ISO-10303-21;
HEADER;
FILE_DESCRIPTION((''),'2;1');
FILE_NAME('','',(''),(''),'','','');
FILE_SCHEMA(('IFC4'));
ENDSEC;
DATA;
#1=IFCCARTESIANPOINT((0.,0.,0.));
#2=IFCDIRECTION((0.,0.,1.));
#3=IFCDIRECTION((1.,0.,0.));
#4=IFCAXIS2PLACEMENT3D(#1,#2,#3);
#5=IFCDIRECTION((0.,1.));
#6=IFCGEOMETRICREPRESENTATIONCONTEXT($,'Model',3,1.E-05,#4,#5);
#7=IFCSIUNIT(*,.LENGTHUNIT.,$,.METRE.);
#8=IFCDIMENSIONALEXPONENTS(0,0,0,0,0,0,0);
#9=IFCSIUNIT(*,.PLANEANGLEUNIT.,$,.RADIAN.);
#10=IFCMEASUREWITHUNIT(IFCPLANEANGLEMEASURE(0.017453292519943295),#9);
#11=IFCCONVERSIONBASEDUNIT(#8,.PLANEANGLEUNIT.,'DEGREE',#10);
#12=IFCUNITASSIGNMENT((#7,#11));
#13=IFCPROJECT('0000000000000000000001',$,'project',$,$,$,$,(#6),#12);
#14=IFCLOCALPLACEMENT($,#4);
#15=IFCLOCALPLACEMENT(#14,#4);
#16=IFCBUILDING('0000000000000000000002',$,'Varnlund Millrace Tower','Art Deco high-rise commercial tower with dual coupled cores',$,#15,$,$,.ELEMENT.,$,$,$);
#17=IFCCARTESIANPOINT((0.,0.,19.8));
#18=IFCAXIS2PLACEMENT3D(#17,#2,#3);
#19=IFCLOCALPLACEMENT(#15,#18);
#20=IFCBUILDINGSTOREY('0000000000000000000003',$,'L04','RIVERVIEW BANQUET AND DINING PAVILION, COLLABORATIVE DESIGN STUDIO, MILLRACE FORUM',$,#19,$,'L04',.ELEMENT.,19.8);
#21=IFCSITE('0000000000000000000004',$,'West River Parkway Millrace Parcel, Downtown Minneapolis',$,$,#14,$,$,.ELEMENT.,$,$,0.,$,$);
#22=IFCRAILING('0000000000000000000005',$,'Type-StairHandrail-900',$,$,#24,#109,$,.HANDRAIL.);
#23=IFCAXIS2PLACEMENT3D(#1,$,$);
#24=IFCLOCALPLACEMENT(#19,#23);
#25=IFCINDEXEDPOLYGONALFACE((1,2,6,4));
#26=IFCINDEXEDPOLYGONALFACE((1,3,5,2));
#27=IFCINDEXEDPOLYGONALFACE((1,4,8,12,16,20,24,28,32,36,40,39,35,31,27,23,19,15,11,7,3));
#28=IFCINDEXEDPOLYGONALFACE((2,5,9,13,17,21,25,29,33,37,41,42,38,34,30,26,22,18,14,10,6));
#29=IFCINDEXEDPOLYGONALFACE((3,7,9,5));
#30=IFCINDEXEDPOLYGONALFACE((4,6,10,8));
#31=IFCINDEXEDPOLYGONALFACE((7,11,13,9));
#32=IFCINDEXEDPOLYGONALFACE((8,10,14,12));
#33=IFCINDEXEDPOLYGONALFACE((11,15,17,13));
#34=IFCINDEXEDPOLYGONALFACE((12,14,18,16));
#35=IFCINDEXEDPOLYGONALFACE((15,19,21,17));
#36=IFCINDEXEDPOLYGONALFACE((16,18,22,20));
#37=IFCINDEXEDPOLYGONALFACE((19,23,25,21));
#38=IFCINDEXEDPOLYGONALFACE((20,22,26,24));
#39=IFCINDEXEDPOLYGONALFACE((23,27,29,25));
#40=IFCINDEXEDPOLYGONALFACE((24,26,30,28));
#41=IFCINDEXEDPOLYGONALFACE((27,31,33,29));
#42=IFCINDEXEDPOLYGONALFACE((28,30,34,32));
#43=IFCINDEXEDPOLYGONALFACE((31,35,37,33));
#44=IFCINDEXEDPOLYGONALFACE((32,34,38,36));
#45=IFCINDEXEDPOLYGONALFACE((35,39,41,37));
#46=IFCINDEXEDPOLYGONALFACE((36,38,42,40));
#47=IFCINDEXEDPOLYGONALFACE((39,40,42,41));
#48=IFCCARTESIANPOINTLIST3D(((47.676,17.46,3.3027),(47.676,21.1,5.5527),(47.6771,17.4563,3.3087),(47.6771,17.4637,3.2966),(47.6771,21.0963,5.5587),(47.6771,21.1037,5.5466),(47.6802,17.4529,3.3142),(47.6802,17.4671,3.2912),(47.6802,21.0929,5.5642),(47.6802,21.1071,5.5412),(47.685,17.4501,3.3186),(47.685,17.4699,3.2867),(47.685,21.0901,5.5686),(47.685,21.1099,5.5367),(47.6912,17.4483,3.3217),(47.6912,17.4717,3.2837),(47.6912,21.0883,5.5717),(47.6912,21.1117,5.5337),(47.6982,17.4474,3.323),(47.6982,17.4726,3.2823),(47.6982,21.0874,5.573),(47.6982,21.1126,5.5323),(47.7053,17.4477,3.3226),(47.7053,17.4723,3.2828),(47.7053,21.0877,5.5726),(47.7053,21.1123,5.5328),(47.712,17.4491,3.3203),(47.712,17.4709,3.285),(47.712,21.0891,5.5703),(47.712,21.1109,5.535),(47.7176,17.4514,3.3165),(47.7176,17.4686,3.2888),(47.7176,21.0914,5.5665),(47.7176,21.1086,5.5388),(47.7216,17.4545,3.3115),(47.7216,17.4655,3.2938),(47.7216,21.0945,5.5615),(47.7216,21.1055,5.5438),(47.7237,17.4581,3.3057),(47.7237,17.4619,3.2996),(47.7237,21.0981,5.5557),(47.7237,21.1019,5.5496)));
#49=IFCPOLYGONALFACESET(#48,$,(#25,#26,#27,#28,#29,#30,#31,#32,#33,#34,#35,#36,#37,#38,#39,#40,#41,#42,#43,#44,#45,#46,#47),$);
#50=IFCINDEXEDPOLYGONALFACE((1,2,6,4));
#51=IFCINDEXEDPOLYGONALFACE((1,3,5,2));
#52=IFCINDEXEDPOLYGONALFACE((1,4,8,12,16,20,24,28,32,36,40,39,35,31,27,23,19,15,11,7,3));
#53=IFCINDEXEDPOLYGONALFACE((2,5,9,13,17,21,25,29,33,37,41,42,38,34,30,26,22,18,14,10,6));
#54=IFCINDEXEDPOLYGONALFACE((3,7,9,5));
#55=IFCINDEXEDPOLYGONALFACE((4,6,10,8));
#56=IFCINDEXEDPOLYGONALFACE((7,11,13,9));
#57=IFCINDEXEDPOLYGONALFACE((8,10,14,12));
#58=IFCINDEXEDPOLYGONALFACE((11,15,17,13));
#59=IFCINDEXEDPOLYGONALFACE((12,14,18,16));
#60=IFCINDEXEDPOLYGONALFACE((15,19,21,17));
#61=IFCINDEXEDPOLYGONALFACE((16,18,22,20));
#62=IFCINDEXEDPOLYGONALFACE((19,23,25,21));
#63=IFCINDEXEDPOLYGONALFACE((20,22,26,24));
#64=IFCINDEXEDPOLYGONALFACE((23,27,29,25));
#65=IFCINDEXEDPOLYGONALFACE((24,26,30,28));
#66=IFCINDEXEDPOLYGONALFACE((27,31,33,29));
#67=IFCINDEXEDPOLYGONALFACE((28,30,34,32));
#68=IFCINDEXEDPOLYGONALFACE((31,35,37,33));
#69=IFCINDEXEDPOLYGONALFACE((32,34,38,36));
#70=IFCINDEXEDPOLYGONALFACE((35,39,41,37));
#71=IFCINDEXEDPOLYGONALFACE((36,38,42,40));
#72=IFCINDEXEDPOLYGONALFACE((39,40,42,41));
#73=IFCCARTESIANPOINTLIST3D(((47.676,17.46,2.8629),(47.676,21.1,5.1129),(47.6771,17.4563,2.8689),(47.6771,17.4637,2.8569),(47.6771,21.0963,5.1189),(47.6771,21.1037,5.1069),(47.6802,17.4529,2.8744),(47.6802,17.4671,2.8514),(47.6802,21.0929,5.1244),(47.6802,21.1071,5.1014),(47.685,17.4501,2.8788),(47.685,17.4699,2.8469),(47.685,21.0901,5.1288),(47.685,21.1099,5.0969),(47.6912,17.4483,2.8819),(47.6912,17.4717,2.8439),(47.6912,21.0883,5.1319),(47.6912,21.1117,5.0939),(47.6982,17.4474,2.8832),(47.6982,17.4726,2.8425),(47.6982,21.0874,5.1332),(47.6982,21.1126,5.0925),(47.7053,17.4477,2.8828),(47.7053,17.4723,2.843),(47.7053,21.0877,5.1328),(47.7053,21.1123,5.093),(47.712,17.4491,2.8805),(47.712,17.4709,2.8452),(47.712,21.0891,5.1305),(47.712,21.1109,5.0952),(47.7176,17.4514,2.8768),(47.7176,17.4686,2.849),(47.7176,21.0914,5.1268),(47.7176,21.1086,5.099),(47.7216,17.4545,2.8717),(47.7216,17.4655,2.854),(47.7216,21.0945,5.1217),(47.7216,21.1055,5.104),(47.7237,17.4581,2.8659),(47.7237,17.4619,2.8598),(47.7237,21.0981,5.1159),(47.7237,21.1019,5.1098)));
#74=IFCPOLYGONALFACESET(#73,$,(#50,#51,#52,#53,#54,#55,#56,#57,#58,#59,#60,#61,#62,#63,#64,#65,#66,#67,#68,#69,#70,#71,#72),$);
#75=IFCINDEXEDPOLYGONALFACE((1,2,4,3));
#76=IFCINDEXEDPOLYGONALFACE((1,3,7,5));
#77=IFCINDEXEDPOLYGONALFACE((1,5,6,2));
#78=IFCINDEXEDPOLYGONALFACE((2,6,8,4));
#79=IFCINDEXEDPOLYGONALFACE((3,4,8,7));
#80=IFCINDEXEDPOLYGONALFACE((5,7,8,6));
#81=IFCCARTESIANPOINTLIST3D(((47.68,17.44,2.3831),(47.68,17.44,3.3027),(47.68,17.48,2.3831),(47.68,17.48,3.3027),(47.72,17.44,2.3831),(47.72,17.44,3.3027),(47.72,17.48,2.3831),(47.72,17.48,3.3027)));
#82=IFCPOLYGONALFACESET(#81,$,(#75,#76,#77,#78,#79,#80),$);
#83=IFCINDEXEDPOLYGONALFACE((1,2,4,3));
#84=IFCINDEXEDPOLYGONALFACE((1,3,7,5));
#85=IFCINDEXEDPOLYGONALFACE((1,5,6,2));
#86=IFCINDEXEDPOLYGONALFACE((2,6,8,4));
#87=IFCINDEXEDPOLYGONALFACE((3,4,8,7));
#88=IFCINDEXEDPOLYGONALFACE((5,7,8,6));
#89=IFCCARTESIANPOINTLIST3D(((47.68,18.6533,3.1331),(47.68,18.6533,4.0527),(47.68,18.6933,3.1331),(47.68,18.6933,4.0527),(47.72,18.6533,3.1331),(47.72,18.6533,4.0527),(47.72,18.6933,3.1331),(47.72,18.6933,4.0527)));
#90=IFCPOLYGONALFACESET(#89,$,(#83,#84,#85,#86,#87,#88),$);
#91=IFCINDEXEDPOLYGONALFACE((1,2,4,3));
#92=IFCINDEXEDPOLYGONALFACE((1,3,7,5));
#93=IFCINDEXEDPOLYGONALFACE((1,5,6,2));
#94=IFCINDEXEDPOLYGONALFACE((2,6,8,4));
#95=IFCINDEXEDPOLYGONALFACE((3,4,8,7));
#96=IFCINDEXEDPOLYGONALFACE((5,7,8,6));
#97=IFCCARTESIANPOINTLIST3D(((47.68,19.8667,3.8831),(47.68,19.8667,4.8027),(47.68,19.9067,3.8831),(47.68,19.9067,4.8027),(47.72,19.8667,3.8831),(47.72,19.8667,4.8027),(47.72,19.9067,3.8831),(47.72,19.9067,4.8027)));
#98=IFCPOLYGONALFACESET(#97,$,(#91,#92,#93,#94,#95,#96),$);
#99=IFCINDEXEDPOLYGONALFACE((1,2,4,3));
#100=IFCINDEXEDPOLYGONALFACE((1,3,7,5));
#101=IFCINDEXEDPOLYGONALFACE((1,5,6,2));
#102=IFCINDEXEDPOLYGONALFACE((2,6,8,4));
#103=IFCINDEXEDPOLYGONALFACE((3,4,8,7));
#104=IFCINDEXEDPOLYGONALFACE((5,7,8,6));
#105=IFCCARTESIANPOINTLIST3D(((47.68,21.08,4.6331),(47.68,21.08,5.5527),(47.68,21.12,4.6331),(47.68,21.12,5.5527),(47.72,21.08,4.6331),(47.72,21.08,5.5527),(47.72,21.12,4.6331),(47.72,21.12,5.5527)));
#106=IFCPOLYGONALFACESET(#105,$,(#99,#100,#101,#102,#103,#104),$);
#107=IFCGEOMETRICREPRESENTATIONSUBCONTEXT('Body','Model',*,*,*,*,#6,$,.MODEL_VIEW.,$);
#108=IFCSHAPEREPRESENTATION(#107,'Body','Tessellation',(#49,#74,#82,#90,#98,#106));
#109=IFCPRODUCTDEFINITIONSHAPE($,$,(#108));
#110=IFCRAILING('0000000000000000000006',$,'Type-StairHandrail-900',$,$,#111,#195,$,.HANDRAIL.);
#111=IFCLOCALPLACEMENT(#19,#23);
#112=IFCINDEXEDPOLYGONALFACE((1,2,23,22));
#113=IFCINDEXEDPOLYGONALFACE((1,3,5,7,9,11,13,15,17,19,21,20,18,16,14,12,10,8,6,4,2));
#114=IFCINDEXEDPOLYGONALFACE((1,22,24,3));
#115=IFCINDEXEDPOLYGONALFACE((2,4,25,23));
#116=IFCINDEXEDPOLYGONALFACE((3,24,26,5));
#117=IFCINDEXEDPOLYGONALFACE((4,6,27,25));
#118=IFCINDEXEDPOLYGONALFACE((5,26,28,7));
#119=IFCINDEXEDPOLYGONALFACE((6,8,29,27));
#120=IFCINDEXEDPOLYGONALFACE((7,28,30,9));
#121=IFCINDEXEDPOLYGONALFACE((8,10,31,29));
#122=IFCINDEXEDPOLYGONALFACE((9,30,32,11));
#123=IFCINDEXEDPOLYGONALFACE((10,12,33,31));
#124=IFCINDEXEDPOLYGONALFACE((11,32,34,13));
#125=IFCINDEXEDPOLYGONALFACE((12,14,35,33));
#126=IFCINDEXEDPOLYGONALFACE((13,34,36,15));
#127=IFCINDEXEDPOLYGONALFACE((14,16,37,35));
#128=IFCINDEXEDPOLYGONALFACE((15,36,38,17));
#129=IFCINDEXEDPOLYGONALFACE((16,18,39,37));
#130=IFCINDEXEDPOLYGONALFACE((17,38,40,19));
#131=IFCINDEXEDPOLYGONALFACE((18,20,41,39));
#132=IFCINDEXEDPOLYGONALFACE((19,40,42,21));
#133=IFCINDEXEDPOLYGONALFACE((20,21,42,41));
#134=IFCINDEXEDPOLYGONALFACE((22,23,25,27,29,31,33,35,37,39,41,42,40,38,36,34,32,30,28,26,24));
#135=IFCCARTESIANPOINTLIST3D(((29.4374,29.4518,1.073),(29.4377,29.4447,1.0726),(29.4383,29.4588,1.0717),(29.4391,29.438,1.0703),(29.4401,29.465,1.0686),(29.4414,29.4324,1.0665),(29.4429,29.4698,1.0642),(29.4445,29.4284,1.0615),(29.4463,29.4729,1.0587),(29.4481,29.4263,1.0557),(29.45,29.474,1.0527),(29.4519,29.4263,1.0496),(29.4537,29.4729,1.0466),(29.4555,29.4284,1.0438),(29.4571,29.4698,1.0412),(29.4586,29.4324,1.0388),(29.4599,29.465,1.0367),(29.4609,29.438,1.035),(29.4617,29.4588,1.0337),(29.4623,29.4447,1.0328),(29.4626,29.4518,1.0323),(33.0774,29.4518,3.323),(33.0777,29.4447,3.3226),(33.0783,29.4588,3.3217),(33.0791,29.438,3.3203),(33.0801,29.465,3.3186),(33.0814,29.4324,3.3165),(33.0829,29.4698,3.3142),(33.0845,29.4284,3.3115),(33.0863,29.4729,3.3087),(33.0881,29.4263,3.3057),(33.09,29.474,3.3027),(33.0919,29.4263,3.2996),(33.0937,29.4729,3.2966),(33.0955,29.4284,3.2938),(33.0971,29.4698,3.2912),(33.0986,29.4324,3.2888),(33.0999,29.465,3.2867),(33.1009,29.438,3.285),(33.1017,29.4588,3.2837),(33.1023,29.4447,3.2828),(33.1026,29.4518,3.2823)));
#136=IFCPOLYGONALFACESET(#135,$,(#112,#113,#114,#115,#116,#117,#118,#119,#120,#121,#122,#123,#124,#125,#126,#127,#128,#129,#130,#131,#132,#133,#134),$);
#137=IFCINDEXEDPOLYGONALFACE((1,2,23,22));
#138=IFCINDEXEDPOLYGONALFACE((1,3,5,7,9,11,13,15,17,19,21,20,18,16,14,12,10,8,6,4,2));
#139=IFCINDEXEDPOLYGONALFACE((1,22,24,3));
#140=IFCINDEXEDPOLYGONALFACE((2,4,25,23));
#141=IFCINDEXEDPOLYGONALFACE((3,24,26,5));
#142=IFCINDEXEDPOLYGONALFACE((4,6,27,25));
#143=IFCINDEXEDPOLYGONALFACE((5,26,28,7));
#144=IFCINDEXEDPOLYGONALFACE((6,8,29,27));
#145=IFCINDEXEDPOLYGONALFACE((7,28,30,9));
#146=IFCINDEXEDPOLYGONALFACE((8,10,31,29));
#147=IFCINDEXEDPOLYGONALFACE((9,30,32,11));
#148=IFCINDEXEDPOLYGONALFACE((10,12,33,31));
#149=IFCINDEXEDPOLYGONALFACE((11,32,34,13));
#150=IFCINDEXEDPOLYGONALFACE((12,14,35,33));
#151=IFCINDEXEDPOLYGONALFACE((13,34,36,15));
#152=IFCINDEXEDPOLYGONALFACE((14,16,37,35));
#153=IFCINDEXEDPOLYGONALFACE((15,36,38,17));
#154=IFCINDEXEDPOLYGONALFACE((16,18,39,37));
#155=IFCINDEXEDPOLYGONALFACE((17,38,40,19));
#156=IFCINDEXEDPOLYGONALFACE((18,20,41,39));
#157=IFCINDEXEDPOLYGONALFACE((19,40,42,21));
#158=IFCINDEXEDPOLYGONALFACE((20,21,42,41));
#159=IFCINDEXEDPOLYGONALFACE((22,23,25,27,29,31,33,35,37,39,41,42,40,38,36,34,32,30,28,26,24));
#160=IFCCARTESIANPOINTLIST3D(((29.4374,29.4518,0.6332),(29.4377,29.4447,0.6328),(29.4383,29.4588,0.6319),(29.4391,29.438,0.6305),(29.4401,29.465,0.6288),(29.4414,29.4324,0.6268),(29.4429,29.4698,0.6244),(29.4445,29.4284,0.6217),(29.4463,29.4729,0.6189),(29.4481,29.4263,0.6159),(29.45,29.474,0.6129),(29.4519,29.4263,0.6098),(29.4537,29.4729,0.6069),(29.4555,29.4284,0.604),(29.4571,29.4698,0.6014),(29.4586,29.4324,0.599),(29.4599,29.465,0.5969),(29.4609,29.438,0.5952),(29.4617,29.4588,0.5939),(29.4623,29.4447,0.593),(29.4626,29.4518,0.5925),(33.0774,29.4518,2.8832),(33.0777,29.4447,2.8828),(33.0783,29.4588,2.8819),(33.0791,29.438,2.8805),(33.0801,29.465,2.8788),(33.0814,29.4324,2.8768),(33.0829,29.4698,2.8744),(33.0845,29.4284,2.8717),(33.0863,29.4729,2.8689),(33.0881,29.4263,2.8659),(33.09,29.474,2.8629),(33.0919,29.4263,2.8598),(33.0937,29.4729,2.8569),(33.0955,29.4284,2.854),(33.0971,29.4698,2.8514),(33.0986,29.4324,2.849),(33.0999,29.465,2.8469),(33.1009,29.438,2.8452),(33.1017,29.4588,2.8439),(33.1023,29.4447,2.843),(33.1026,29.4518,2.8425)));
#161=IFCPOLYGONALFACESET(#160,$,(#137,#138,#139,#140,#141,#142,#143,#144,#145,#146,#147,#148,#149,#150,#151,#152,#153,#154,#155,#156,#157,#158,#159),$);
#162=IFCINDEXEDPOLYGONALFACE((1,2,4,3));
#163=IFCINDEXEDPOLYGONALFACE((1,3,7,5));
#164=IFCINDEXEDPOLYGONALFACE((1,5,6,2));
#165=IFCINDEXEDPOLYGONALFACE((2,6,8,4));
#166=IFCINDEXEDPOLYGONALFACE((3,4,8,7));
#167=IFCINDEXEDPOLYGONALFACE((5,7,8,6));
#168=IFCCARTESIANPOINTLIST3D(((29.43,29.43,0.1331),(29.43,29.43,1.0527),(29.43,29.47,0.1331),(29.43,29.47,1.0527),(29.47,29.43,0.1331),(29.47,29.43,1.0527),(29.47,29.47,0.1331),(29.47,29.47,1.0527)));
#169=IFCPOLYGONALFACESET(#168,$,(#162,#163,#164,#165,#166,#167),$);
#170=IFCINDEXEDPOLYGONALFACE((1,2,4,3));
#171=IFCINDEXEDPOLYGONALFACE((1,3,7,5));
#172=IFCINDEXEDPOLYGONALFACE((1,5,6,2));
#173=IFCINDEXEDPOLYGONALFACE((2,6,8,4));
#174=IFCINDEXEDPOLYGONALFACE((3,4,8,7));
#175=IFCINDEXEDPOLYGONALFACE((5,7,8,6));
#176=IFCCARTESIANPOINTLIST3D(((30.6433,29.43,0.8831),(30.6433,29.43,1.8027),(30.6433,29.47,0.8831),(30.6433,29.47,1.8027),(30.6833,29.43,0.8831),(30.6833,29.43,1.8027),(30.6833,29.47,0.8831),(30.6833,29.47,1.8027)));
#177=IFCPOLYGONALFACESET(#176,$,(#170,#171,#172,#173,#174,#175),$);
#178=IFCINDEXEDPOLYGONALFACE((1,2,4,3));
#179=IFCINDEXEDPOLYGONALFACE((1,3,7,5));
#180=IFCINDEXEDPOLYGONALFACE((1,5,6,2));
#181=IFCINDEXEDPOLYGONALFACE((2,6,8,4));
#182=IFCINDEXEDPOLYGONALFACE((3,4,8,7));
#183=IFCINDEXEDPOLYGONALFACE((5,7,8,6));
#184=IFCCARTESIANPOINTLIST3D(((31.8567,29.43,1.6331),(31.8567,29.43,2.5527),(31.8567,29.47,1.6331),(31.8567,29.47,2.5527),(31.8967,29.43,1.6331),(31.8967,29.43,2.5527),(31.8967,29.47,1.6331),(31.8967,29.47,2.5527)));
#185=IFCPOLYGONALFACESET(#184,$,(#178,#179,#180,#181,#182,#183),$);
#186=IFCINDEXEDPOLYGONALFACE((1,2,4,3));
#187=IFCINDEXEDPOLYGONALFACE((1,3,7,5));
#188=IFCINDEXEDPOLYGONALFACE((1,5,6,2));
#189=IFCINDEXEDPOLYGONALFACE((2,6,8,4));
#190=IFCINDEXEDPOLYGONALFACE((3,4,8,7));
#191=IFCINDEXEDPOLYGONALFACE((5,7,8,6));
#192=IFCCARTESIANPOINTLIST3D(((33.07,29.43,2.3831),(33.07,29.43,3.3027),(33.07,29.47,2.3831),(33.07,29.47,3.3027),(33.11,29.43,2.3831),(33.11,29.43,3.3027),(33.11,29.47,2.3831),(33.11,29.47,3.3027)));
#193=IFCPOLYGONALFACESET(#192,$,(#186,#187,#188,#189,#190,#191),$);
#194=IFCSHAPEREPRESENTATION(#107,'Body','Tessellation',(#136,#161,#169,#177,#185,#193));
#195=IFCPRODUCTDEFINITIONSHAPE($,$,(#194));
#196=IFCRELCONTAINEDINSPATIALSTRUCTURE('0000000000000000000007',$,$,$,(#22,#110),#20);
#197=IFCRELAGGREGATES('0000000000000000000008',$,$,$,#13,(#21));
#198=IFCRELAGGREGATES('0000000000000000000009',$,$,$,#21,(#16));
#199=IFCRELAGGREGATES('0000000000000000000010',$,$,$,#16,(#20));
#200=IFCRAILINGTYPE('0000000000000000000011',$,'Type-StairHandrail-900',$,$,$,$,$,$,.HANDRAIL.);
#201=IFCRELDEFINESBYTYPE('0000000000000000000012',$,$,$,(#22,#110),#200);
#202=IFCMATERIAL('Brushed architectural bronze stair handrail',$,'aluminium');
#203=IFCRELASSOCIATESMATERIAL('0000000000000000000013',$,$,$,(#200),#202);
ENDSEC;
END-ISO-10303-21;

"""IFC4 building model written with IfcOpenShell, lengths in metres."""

from ifc_helpers import new_model, entity, si_unit, converted_unit, direction, frame, origin_with_axes, origin_2d_with_axis, place, context, subcontext, project, spatial, rectangle, circle, extrude, material, type_object, element, save


model = new_model("IFC4")

# Units and contexts
model_context = context("Model", 3, precision=1e-05, world=origin_with_axes(), true_north=direction((0.0, 1.0)))
body_context = subcontext(model_context, "Body", "Model", "MODEL_VIEW")
ifc_project = project(units=[si_unit("LENGTHUNIT", "METRE"), converted_unit("PLANEANGLEUNIT", "DEGREE", entity("IfcPlaneAngleMeasure", 0.017453292519943295), si_unit("PLANEANGLEUNIT", "RADIAN"), dimensions=[0, 0, 0, 0, 0, 0, 0])], contexts=[model_context])

# Site, building, storey
site_placement = place(None, origin_with_axes())
site = spatial("IfcSite", under=ifc_project, at=site_placement, Name="West River Parkway Millrace Parcel, Downtown Minneapolis", CompositionType="ELEMENT", RefElevation=0.0)
building_placement = place(site_placement, origin_with_axes())
building = spatial("IfcBuilding", under=site, at=building_placement, Name="Varnlund Millrace Tower", Description="Art Deco high-rise commercial tower with dual coupled cores", CompositionType="ELEMENT")
storey_placement = place(building_placement, frame((0.0, 0.0, 19.8), z_axis=(0.0, 0.0, 1.0), x_axis=(1.0, 0.0, 0.0)))
storey = spatial("IfcBuildingStorey", under=building, at=storey_placement, Name="L04", Description="RIVERVIEW BANQUET AND DINING PAVILION, COLLABORATIVE DESIGN STUDIO, MILLRACE FORUM", LongName="L04", CompositionType="ELEMENT", Elevation=19.8)

# Railings
ifc_material_1 = material(Name="Brushed architectural bronze stair handrail", Category="aluminium")
railing_type_1 = type_object("IfcRailingType", Name="Type-StairHandrail-900", PredefinedType="HANDRAIL", material=ifc_material_1)
railing_1_placement = place(storey_placement, frame((0.0, 0.0, -19.8), z_axis=(0.0, 0.0, 1.0), x_axis=(1.0, 0.0, 0.0)))
element("IfcRailing", 1, at=railing_1_placement, inside=storey, type_object=railing_type_1, Name="Type-StairHandrail-900", PredefinedType="HANDRAIL", context=body_context, shape_type="SweptSolid", body=[
    extrude(circle(Radius=0.024, at=origin_2d_with_axis()), frame((47.7, 17.46, 23.1027), z_axis=(0.0, 0.850614, 0.525791), x_axis=(-1.0, 0.0, 0.0)), (0.0, 0.0, 1.0), 4.2793),
    extrude(circle(Radius=0.024, at=origin_2d_with_axis()), frame((47.7, 17.46, 22.6629), z_axis=(0.0, 0.850614, 0.525791), x_axis=(-1.0, 0.0, 0.0)), (0.0, 0.0, 1.0), 4.2793),
    extrude(rectangle(XDim=0.04, YDim=0.04, at=origin_2d_with_axis()), frame((47.7, 17.46, 22.1831), z_axis=(0.0, 0.0, 1.0), x_axis=(1.0, 0.0, 0.0)), (0.0, 0.0, 1.0), 0.9196),
    extrude(rectangle(XDim=0.04, YDim=0.04, at=origin_2d_with_axis()), frame((47.7, 18.6733, 22.9331), z_axis=(0.0, 0.0, 1.0), x_axis=(1.0, 0.0, 0.0)), (0.0, 0.0, 1.0), 0.9196),
    extrude(rectangle(XDim=0.04, YDim=0.04, at=origin_2d_with_axis()), frame((47.7, 19.8867, 23.6831), z_axis=(0.0, 0.0, 1.0), x_axis=(1.0, 0.0, 0.0)), (0.0, 0.0, 1.0), 0.9196),
    extrude(rectangle(XDim=0.04, YDim=0.04, at=origin_2d_with_axis()), frame((47.7, 21.1, 24.4331), z_axis=(0.0, 0.0, 1.0), x_axis=(1.0, 0.0, 0.0)), (0.0, 0.0, 1.0), 0.9196),
])
railing_2_placement = place(storey_placement, frame((0.0, 0.0, -19.8), z_axis=(0.0, 0.0, 1.0), x_axis=(1.0, 0.0, 0.0)))
element("IfcRailing", 2, at=railing_2_placement, inside=storey, type_object=railing_type_1, Name="Type-StairHandrail-900", PredefinedType="HANDRAIL", context=body_context, shape_type="SweptSolid", body=[
    extrude(circle(Radius=0.024, at=origin_2d_with_axis()), frame((29.45, 29.45, 20.8527), z_axis=(0.850614, 0.0, 0.525791), x_axis=(0.0, 1.0, 0.0)), (0.0, 0.0, 1.0), 4.2793),
    extrude(circle(Radius=0.024, at=origin_2d_with_axis()), frame((29.45, 29.45, 20.4129), z_axis=(0.850614, 0.0, 0.525791), x_axis=(0.0, 1.0, 0.0)), (0.0, 0.0, 1.0), 4.2793),
    extrude(rectangle(XDim=0.04, YDim=0.04, at=origin_2d_with_axis()), frame((29.45, 29.45, 19.9331), z_axis=(0.0, 0.0, 1.0), x_axis=(1.0, 0.0, 0.0)), (0.0, 0.0, 1.0), 0.9196),
    extrude(rectangle(XDim=0.04, YDim=0.04, at=origin_2d_with_axis()), frame((30.6633, 29.45, 20.6831), z_axis=(0.0, 0.0, 1.0), x_axis=(1.0, 0.0, 0.0)), (0.0, 0.0, 1.0), 0.9196),
    extrude(rectangle(XDim=0.04, YDim=0.04, at=origin_2d_with_axis()), frame((31.8767, 29.45, 21.4331), z_axis=(0.0, 0.0, 1.0), x_axis=(1.0, 0.0, 0.0)), (0.0, 0.0, 1.0), 0.9196),
    extrude(rectangle(XDim=0.04, YDim=0.04, at=origin_2d_with_axis()), frame((33.09, 29.45, 22.1831), z_axis=(0.0, 0.0, 1.0), x_axis=(1.0, 0.0, 0.0)), (0.0, 0.0, 1.0), 0.9196),
])

save(model, "model.ifc")
